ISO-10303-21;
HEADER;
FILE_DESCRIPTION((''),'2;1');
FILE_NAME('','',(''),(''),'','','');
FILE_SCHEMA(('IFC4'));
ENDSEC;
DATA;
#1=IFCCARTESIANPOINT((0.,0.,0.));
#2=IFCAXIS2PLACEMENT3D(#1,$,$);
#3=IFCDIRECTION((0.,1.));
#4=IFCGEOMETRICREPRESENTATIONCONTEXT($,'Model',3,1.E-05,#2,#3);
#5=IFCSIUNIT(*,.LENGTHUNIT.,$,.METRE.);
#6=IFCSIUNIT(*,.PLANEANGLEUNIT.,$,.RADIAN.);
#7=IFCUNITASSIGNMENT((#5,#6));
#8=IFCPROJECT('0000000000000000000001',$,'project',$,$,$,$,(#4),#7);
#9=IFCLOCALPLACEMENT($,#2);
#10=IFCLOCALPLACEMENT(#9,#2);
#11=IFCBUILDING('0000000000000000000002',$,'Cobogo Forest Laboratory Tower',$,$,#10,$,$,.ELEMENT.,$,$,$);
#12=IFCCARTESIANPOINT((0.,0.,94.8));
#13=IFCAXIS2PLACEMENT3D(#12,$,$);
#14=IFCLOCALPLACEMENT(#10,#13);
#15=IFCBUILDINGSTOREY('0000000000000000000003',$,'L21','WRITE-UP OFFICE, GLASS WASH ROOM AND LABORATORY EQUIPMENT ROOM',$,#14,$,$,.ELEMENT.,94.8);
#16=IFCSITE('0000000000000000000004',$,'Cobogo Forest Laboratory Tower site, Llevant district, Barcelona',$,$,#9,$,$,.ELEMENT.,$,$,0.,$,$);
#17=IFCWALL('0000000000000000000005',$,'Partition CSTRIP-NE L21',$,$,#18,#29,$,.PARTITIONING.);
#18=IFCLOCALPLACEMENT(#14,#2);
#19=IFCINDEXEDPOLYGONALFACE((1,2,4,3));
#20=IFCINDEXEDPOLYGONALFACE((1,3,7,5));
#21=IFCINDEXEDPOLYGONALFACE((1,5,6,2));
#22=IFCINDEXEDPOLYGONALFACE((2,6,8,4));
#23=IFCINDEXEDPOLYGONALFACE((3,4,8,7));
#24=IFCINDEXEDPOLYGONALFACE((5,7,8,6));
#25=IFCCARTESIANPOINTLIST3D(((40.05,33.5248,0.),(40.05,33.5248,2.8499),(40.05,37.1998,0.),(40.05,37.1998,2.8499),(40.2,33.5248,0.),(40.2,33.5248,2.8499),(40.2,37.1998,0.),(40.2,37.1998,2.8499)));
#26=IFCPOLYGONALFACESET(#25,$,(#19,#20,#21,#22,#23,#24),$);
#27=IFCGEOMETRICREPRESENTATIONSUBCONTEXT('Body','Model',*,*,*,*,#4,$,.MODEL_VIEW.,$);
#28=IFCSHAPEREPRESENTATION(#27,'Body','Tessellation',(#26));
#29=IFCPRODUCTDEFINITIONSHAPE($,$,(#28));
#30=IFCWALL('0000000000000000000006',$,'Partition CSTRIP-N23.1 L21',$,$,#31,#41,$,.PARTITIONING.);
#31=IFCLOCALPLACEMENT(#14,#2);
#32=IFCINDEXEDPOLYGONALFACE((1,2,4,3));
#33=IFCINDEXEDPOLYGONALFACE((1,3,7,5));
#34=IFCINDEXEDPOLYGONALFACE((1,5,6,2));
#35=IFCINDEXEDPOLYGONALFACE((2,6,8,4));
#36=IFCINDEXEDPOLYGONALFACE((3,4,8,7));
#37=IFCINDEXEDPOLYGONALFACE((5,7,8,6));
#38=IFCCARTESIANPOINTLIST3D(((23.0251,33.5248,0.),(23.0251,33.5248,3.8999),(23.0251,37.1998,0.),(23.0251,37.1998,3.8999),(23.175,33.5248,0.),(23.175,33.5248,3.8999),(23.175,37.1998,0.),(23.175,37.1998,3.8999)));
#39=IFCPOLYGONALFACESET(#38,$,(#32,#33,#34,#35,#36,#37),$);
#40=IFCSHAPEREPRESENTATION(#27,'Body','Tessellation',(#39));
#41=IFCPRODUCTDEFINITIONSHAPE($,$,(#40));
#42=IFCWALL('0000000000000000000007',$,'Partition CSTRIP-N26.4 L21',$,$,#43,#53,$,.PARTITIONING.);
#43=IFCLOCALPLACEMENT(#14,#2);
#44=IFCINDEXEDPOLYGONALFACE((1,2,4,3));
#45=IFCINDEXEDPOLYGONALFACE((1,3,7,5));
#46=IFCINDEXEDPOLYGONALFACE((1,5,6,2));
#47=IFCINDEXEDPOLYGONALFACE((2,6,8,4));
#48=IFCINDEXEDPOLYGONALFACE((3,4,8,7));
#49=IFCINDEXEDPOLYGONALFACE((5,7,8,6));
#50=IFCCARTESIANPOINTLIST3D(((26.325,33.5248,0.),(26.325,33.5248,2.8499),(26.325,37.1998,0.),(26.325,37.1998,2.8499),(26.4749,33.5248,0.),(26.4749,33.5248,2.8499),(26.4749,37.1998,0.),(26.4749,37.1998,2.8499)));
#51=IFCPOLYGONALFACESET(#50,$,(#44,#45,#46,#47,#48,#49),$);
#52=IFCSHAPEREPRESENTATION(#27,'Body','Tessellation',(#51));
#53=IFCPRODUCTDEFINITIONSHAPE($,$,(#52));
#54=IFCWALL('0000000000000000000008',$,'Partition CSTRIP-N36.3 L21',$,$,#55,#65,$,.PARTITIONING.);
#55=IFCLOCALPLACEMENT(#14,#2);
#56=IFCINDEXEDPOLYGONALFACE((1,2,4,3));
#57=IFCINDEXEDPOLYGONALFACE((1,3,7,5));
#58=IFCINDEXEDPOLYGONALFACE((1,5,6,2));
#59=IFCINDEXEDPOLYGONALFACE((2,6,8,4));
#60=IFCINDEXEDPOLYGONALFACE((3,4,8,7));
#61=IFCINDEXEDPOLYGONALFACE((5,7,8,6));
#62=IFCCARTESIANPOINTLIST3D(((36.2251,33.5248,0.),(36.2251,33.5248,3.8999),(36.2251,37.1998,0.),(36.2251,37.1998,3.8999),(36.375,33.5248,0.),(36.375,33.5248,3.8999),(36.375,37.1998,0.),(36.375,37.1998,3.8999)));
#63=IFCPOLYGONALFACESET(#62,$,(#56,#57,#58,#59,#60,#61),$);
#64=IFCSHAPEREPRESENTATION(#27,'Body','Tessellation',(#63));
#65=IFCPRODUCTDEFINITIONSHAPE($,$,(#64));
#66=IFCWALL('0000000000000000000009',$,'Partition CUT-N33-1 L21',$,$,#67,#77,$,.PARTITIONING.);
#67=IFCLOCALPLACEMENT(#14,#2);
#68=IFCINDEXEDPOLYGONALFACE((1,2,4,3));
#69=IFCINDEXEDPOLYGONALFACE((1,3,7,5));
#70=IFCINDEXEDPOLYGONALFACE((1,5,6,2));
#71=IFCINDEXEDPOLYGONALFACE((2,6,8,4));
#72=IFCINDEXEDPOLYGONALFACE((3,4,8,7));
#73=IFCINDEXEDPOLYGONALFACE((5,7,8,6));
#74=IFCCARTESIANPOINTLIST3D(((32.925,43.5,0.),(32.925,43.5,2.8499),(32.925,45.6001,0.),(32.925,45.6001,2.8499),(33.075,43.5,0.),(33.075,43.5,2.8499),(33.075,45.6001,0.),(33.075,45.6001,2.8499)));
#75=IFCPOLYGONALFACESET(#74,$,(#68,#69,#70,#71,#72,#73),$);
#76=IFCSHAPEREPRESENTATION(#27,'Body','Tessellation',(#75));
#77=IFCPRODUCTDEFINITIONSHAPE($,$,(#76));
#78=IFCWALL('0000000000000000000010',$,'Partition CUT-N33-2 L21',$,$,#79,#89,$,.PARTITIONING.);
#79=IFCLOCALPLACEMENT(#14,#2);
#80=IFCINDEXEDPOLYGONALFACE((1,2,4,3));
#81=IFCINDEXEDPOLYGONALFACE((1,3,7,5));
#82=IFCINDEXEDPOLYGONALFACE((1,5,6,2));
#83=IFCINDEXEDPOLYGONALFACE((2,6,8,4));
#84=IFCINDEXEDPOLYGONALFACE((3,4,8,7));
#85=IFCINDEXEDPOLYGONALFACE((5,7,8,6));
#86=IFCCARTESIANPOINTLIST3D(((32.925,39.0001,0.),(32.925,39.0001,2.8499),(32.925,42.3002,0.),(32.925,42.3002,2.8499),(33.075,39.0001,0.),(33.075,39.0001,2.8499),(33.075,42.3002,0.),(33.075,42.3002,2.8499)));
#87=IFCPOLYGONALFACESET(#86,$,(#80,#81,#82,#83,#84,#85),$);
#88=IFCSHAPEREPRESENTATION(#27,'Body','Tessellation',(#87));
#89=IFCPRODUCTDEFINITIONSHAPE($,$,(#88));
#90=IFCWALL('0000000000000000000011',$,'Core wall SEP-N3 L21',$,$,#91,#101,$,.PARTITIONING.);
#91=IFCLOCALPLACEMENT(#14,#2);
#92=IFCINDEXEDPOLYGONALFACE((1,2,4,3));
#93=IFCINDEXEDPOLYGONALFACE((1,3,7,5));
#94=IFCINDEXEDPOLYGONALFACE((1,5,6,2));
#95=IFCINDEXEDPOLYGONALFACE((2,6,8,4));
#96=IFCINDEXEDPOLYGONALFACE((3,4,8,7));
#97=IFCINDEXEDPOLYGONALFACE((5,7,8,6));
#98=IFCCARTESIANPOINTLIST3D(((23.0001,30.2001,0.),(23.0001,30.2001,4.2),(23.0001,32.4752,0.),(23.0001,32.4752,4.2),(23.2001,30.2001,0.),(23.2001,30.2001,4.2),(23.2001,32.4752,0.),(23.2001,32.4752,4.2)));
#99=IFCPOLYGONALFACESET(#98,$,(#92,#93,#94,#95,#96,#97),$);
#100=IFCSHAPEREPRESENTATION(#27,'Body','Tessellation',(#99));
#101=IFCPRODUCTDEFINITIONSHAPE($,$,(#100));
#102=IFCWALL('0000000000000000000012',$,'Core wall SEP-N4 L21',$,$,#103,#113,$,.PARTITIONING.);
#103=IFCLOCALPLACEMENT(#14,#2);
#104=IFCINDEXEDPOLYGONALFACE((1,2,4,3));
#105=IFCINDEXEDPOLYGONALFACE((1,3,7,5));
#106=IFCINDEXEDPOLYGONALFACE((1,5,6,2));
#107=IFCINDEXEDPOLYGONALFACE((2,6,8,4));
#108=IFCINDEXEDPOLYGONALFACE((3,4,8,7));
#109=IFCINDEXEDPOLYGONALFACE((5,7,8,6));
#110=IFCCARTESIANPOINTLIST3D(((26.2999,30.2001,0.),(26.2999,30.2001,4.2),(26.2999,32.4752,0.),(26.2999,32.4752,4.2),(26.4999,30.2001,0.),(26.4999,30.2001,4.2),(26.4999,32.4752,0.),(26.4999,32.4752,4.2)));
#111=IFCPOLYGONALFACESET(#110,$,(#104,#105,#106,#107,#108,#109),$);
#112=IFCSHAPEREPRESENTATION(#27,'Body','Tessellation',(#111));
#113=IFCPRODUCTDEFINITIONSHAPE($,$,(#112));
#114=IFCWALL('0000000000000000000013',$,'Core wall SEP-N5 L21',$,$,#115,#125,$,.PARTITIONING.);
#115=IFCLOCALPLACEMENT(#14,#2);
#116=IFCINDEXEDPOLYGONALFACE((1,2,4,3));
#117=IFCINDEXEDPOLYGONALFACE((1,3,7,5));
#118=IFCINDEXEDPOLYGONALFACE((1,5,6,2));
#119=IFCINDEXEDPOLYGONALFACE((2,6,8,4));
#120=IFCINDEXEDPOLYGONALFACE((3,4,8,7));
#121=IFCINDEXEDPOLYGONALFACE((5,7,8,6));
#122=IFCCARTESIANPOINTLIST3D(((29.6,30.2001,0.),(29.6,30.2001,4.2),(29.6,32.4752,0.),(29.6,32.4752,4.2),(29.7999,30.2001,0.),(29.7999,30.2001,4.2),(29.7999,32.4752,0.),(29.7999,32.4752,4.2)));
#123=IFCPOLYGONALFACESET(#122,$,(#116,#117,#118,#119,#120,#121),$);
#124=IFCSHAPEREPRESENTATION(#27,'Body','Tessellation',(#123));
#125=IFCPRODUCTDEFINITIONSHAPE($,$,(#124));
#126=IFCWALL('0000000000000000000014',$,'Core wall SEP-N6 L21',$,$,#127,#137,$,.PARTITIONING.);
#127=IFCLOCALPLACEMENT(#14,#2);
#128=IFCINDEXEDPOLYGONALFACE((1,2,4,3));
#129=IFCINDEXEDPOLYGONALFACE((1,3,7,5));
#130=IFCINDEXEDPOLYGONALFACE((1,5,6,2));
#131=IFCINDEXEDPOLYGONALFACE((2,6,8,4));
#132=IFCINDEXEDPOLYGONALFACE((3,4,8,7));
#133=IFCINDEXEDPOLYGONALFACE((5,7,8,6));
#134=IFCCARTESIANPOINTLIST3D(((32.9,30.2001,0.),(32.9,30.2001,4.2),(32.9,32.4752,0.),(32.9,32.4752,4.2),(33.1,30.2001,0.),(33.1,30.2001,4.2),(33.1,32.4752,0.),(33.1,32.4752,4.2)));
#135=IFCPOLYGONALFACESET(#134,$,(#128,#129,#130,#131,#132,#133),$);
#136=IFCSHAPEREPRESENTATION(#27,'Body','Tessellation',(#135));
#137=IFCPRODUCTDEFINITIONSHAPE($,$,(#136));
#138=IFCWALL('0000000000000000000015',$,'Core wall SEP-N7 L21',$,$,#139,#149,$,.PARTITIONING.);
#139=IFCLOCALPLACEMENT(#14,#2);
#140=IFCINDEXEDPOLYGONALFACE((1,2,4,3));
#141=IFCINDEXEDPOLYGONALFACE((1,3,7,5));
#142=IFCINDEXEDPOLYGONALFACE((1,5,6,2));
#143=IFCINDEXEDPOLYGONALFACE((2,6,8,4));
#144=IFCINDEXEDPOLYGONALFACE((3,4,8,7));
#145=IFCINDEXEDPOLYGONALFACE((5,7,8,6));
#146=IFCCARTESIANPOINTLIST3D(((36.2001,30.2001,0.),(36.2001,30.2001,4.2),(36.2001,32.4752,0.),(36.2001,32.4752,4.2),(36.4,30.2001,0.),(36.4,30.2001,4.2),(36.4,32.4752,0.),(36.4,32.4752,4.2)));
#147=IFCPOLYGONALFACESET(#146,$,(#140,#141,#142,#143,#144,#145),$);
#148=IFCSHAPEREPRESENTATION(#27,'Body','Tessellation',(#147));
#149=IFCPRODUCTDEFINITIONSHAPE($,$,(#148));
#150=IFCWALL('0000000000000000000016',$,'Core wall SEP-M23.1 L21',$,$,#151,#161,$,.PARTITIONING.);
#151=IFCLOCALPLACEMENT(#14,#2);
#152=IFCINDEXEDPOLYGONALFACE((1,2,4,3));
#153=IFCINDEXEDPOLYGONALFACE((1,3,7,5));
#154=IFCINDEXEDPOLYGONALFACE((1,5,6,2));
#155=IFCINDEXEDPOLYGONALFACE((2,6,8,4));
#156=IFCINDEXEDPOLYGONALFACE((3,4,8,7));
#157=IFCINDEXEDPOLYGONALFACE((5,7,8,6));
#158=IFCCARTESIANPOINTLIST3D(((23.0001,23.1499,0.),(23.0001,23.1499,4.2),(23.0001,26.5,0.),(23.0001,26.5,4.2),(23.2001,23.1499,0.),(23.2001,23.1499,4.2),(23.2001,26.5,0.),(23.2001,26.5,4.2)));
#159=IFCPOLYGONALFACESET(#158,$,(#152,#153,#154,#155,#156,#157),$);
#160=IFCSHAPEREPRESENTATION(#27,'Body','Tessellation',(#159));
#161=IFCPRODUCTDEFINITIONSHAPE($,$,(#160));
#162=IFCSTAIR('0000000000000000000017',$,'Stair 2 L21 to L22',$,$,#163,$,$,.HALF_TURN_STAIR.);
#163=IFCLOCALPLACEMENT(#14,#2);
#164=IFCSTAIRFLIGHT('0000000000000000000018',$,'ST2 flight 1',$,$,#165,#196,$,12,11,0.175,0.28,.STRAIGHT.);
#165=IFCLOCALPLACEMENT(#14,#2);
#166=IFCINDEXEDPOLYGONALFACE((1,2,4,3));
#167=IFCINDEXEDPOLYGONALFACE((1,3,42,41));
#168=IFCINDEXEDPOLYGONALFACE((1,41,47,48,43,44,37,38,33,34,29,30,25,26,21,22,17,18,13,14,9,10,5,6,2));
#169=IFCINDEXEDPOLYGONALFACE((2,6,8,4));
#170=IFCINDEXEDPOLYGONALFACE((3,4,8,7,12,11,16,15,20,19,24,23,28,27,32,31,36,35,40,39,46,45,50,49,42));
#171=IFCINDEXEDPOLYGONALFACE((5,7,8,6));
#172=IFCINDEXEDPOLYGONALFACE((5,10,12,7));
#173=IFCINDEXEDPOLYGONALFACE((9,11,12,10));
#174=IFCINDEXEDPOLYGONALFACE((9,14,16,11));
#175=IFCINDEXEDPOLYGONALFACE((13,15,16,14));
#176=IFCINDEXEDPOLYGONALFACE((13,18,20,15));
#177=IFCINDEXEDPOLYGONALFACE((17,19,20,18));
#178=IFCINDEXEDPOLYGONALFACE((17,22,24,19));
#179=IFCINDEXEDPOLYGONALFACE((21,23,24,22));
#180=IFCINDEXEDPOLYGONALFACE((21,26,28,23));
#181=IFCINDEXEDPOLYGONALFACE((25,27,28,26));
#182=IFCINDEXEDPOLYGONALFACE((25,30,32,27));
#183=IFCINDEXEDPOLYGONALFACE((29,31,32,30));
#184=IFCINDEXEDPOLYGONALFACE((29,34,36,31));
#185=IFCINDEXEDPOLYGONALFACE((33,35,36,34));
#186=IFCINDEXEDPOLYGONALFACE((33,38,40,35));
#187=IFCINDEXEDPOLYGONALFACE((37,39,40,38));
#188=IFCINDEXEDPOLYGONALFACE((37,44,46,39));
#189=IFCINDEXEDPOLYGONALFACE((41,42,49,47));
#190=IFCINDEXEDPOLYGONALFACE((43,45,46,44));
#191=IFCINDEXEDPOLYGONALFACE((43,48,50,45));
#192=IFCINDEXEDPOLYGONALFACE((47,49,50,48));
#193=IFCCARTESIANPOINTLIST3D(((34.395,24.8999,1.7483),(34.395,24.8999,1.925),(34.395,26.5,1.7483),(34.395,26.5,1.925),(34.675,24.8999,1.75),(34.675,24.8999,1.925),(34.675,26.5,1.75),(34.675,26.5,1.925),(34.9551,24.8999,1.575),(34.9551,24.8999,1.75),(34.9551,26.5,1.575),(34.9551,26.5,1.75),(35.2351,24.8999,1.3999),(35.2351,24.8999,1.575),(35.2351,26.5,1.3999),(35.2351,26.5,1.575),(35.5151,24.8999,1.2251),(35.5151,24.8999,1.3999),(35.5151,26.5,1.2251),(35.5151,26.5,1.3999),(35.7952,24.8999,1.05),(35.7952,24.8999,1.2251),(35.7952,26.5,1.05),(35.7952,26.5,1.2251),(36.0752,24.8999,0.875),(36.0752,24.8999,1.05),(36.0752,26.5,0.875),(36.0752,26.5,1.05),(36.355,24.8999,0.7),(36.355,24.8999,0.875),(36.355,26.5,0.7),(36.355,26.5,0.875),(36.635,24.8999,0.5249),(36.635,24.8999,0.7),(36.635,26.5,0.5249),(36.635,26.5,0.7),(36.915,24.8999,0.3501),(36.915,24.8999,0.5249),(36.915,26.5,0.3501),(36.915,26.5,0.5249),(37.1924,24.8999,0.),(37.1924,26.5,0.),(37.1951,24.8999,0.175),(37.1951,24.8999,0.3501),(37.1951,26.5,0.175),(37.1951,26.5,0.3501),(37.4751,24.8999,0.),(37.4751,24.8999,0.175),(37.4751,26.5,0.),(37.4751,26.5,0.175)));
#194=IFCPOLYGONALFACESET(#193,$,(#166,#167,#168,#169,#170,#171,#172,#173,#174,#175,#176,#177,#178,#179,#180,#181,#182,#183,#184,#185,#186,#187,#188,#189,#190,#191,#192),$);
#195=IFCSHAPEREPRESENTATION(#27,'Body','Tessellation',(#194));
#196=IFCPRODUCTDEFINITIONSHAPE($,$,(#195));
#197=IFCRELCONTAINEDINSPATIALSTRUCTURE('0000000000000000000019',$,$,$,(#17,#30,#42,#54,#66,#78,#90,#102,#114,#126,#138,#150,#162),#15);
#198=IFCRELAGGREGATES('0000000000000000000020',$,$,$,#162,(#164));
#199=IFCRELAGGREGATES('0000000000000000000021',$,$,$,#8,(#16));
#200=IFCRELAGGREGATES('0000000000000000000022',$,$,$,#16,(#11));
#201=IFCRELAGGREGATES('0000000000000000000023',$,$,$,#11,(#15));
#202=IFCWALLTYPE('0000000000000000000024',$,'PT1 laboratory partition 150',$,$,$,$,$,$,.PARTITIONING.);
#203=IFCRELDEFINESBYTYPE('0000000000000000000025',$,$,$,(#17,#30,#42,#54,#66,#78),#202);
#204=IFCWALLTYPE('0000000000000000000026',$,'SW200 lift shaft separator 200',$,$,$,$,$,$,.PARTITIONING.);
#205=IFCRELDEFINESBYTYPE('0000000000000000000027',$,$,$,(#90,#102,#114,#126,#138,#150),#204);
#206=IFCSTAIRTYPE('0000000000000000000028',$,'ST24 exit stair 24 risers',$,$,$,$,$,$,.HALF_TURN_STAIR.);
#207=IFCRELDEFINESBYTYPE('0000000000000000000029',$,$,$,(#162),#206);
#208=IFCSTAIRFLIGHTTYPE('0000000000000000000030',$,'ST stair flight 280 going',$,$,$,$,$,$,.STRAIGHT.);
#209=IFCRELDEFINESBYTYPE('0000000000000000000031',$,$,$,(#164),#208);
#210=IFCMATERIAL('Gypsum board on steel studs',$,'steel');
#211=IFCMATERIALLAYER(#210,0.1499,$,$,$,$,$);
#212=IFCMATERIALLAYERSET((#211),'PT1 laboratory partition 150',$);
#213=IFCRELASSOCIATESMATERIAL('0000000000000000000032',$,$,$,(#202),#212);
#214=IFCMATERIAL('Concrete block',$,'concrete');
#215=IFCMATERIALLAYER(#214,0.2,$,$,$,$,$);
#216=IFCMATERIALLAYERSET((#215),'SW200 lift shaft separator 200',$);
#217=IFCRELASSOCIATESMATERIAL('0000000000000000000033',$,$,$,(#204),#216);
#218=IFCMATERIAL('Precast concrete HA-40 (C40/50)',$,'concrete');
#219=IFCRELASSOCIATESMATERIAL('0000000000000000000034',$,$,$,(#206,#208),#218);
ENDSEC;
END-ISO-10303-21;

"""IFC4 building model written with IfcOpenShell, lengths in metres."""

from ifc_helpers import new_model, si_unit, direction, frame, frame_2d, origin, place, context, subcontext, project, spatial, polyline, rectangle, outline, extrude, material, layer, layer_set, type_object, element, aggregate, save


model = new_model("IFC4")

# Units and contexts
model_context = context("Model", 3, precision=1e-05, world=origin(), true_north=direction((0.0, 1.0)))
body_context = subcontext(model_context, "Body", "Model", "MODEL_VIEW")
ifc_project = project(units=[si_unit("LENGTHUNIT", "METRE"), si_unit("PLANEANGLEUNIT", "RADIAN")], contexts=[model_context])

# Site, building, storey
site_placement = place(None, origin())
site = spatial("IfcSite", under=ifc_project, at=site_placement, Name="Cobogo Forest Laboratory Tower site, Llevant district, Barcelona", CompositionType="ELEMENT", RefElevation=0.0)
building_placement = place(site_placement, origin())
building = spatial("IfcBuilding", under=site, at=building_placement, Name="Cobogo Forest Laboratory Tower", CompositionType="ELEMENT")
storey_placement = place(building_placement, frame((0.0, 0.0, 94.8)))
storey = spatial("IfcBuildingStorey", under=building, at=storey_placement, Name="L21", Description="WRITE-UP OFFICE, GLASS WASH ROOM AND LABORATORY EQUIPMENT ROOM", CompositionType="ELEMENT", Elevation=94.8)

# Walls
ifc_material_1 = material(Name="Gypsum board on steel studs", Category="steel")
ifc_layer_1 = layer(ifc_material_1, 0.1499)
ifc_layer_set_1 = layer_set([ifc_layer_1], Name="PT1 laboratory partition 150")
wall_type_1 = type_object("IfcWallType", Name="PT1 laboratory partition 150", PredefinedType="PARTITIONING", material=ifc_layer_set_1)
wall_1_placement = place(storey_placement, frame((40.125, 33.5249, 0.0), z_axis=(0.0, 0.0, 1.0), x_axis=(0.0, 1.0, 0.0)))
element("IfcWall", 1, at=wall_1_placement, inside=storey, type_object=wall_type_1, Name="Partition CSTRIP-NE L21", PredefinedType="PARTITIONING", context=body_context, shape_type="SweptSolid", body=[
    extrude(rectangle(XDim=3.675, YDim=0.1499, at=frame_2d((1.8374, 0.0))), origin(), (0.0, 0.0, 1.0), 2.8499),
])
wall_2_placement = place(storey_placement, frame((23.1001, 33.5249, 0.0), z_axis=(0.0, 0.0, 1.0), x_axis=(0.0, 1.0, 0.0)))
element("IfcWall", 2, at=wall_2_placement, inside=storey, type_object=wall_type_1, Name="Partition CSTRIP-N23.1 L21", PredefinedType="PARTITIONING", context=body_context, shape_type="SweptSolid", body=[
    extrude(rectangle(XDim=3.675, YDim=0.1499, at=frame_2d((1.8374, 0.0))), origin(), (0.0, 0.0, 1.0), 3.8999),
])
wall_3_placement = place(storey_placement, frame((26.3999, 33.5249, 0.0), z_axis=(0.0, 0.0, 1.0), x_axis=(0.0, 1.0, 0.0)))
element("IfcWall", 3, at=wall_3_placement, inside=storey, type_object=wall_type_1, Name="Partition CSTRIP-N26.4 L21", PredefinedType="PARTITIONING", context=body_context, shape_type="SweptSolid", body=[
    extrude(rectangle(XDim=3.675, YDim=0.1499, at=frame_2d((1.8374, 0.0))), origin(), (0.0, 0.0, 1.0), 2.8499),
])
wall_4_placement = place(storey_placement, frame((36.3, 33.5249, 0.0), z_axis=(0.0, 0.0, 1.0), x_axis=(0.0, 1.0, 0.0)))
element("IfcWall", 4, at=wall_4_placement, inside=storey, type_object=wall_type_1, Name="Partition CSTRIP-N36.3 L21", PredefinedType="PARTITIONING", context=body_context, shape_type="SweptSolid", body=[
    extrude(rectangle(XDim=3.675, YDim=0.1499, at=frame_2d((1.8374, 0.0))), origin(), (0.0, 0.0, 1.0), 3.8999),
])
wall_5_placement = place(storey_placement, frame((33.0, 45.6001, 0.0), z_axis=(0.0, 0.0, 1.0), x_axis=(0.0, -1.0, 0.0)))
element("IfcWall", 5, at=wall_5_placement, inside=storey, type_object=wall_type_1, Name="Partition CUT-N33-1 L21", PredefinedType="PARTITIONING", context=body_context, shape_type="SweptSolid", body=[
    extrude(rectangle(XDim=2.1001, YDim=0.1499, at=frame_2d((1.05, 0.0))), origin(), (0.0, 0.0, 1.0), 2.8499),
])
wall_6_placement = place(storey_placement, frame((33.0, 42.3, 0.0), z_axis=(0.0, 0.0, 1.0), x_axis=(0.0, -1.0, 0.0)))
element("IfcWall", 6, at=wall_6_placement, inside=storey, type_object=wall_type_1, Name="Partition CUT-N33-2 L21", PredefinedType="PARTITIONING", context=body_context, shape_type="SweptSolid", body=[
    extrude(rectangle(XDim=3.3, YDim=0.1499, at=frame_2d((1.6499, 0.0))), origin(), (0.0, 0.0, 1.0), 2.8499),
])
ifc_material_2 = material(Name="Concrete block", Category="concrete")
ifc_layer_2 = layer(ifc_material_2, 0.2)
ifc_layer_set_2 = layer_set([ifc_layer_2], Name="SW200 lift shaft separator 200")
wall_type_2 = type_object("IfcWallType", Name="SW200 lift shaft separator 200", PredefinedType="PARTITIONING", material=ifc_layer_set_2)
for number, where, z_axis, x_axis, name in (
    (7, (23.1001, 30.2, 0.0), (0.0, 0.0, 1.0), (0.0, 1.0, 0.0), "Core wall SEP-N3 L21"),
    (8, (26.3999, 30.2, 0.0), (0.0, 0.0, 1.0), (0.0, 1.0, 0.0), "Core wall SEP-N4 L21"),
    (9, (29.7, 30.2, 0.0), (0.0, 0.0, 1.0), (0.0, 1.0, 0.0), "Core wall SEP-N5 L21"),
    (10, (33.0, 30.2, 0.0), (0.0, 0.0, 1.0), (0.0, 1.0, 0.0), "Core wall SEP-N6 L21"),
    (11, (36.3, 30.2, 0.0), (0.0, 0.0, 1.0), (0.0, 1.0, 0.0), "Core wall SEP-N7 L21"),
):
    element("IfcWall", number, at=place(storey_placement, frame(where, z_axis=z_axis, x_axis=x_axis)), inside=storey, type_object=wall_type_2, Name=name, PredefinedType="PARTITIONING", context=body_context, shape_type="SweptSolid", body=[
        extrude(rectangle(XDim=2.2751, YDim=0.2, at=frame_2d((1.1377, 0.0))), origin(), (0.0, 0.0, 1.0), 4.2),
    ])
wall_7_placement = place(storey_placement, frame((23.1001, 23.1499, 0.0), z_axis=(0.0, 0.0, 1.0), x_axis=(0.0, 1.0, 0.0)))
element("IfcWall", 12, at=wall_7_placement, inside=storey, type_object=wall_type_2, Name="Core wall SEP-M23.1 L21", PredefinedType="PARTITIONING", context=body_context, shape_type="SweptSolid", body=[
    extrude(rectangle(XDim=3.3501, YDim=0.2, at=frame_2d((1.675, 0.0))), origin(), (0.0, 0.0, 1.0), 4.2),
])

# Stair, stair flight
ifc_material_3 = material(Name="Precast concrete HA-40 (C40/50)", Category="concrete")
stair_type = type_object("IfcStairType", Name="ST24 exit stair 24 risers", PredefinedType="HALF_TURN_STAIR", material=ifc_material_3)
stair_placement = place(storey_placement, origin())
stair = element("IfcStair", 13, at=stair_placement, inside=storey, type_object=stair_type, Name="Stair 2 L21 to L22", PredefinedType="HALF_TURN_STAIR")
stair_flight_type = type_object("IfcStairFlightType", Name="ST stair flight 280 going", PredefinedType="STRAIGHT", material=ifc_material_3)
stair_flight_1_placement = place(storey_placement, frame((37.4751, 25.7, 0.0), z_axis=(0.0, 0.0, 1.0), x_axis=(-1.0, 0.0, 0.0)))
stair_flight_1 = element("IfcStairFlight", 14, at=stair_flight_1_placement, type_object=stair_flight_type, Name="ST2 flight 1", NumberOfRisers=12, NumberOfTreads=11, PredefinedType="STRAIGHT", RiserHeight=0.175, TreadLength=0.28, context=body_context, shape_type="SweptSolid", body=[
    extrude(outline(polyline([(0.0, 0.0), (0.0, 0.175), (0.28, 0.175), (0.28, 0.3501), (0.5601, 0.3501), (0.5601, 0.5249), (0.8401, 0.5249), (0.8401, 0.7), (1.1201, 0.7), (1.1201, 0.875), (1.3999, 0.875), (1.3999, 1.05), (1.6799, 1.05), (1.6799, 1.2251), (1.96, 1.2251), (1.96, 1.3999), (2.24, 1.3999), (2.24, 1.575), (2.52, 1.575), (2.52, 1.75), (2.8, 1.75), (2.8, 1.925), (3.0801, 1.925), (3.0801, 2.1001), (3.0801, 1.7483), (0.2827, 0.0), (0.0, 0.0)])), frame((0.0, 0.8, 0.0), z_axis=(0.0, -1.0, 0.0), x_axis=(1.0, 0.0, 0.0)), (0.0, 0.0, 1.0), 1.6001),
])
aggregate(stair, [stair_flight_1])

save(model, "model.ifc")
